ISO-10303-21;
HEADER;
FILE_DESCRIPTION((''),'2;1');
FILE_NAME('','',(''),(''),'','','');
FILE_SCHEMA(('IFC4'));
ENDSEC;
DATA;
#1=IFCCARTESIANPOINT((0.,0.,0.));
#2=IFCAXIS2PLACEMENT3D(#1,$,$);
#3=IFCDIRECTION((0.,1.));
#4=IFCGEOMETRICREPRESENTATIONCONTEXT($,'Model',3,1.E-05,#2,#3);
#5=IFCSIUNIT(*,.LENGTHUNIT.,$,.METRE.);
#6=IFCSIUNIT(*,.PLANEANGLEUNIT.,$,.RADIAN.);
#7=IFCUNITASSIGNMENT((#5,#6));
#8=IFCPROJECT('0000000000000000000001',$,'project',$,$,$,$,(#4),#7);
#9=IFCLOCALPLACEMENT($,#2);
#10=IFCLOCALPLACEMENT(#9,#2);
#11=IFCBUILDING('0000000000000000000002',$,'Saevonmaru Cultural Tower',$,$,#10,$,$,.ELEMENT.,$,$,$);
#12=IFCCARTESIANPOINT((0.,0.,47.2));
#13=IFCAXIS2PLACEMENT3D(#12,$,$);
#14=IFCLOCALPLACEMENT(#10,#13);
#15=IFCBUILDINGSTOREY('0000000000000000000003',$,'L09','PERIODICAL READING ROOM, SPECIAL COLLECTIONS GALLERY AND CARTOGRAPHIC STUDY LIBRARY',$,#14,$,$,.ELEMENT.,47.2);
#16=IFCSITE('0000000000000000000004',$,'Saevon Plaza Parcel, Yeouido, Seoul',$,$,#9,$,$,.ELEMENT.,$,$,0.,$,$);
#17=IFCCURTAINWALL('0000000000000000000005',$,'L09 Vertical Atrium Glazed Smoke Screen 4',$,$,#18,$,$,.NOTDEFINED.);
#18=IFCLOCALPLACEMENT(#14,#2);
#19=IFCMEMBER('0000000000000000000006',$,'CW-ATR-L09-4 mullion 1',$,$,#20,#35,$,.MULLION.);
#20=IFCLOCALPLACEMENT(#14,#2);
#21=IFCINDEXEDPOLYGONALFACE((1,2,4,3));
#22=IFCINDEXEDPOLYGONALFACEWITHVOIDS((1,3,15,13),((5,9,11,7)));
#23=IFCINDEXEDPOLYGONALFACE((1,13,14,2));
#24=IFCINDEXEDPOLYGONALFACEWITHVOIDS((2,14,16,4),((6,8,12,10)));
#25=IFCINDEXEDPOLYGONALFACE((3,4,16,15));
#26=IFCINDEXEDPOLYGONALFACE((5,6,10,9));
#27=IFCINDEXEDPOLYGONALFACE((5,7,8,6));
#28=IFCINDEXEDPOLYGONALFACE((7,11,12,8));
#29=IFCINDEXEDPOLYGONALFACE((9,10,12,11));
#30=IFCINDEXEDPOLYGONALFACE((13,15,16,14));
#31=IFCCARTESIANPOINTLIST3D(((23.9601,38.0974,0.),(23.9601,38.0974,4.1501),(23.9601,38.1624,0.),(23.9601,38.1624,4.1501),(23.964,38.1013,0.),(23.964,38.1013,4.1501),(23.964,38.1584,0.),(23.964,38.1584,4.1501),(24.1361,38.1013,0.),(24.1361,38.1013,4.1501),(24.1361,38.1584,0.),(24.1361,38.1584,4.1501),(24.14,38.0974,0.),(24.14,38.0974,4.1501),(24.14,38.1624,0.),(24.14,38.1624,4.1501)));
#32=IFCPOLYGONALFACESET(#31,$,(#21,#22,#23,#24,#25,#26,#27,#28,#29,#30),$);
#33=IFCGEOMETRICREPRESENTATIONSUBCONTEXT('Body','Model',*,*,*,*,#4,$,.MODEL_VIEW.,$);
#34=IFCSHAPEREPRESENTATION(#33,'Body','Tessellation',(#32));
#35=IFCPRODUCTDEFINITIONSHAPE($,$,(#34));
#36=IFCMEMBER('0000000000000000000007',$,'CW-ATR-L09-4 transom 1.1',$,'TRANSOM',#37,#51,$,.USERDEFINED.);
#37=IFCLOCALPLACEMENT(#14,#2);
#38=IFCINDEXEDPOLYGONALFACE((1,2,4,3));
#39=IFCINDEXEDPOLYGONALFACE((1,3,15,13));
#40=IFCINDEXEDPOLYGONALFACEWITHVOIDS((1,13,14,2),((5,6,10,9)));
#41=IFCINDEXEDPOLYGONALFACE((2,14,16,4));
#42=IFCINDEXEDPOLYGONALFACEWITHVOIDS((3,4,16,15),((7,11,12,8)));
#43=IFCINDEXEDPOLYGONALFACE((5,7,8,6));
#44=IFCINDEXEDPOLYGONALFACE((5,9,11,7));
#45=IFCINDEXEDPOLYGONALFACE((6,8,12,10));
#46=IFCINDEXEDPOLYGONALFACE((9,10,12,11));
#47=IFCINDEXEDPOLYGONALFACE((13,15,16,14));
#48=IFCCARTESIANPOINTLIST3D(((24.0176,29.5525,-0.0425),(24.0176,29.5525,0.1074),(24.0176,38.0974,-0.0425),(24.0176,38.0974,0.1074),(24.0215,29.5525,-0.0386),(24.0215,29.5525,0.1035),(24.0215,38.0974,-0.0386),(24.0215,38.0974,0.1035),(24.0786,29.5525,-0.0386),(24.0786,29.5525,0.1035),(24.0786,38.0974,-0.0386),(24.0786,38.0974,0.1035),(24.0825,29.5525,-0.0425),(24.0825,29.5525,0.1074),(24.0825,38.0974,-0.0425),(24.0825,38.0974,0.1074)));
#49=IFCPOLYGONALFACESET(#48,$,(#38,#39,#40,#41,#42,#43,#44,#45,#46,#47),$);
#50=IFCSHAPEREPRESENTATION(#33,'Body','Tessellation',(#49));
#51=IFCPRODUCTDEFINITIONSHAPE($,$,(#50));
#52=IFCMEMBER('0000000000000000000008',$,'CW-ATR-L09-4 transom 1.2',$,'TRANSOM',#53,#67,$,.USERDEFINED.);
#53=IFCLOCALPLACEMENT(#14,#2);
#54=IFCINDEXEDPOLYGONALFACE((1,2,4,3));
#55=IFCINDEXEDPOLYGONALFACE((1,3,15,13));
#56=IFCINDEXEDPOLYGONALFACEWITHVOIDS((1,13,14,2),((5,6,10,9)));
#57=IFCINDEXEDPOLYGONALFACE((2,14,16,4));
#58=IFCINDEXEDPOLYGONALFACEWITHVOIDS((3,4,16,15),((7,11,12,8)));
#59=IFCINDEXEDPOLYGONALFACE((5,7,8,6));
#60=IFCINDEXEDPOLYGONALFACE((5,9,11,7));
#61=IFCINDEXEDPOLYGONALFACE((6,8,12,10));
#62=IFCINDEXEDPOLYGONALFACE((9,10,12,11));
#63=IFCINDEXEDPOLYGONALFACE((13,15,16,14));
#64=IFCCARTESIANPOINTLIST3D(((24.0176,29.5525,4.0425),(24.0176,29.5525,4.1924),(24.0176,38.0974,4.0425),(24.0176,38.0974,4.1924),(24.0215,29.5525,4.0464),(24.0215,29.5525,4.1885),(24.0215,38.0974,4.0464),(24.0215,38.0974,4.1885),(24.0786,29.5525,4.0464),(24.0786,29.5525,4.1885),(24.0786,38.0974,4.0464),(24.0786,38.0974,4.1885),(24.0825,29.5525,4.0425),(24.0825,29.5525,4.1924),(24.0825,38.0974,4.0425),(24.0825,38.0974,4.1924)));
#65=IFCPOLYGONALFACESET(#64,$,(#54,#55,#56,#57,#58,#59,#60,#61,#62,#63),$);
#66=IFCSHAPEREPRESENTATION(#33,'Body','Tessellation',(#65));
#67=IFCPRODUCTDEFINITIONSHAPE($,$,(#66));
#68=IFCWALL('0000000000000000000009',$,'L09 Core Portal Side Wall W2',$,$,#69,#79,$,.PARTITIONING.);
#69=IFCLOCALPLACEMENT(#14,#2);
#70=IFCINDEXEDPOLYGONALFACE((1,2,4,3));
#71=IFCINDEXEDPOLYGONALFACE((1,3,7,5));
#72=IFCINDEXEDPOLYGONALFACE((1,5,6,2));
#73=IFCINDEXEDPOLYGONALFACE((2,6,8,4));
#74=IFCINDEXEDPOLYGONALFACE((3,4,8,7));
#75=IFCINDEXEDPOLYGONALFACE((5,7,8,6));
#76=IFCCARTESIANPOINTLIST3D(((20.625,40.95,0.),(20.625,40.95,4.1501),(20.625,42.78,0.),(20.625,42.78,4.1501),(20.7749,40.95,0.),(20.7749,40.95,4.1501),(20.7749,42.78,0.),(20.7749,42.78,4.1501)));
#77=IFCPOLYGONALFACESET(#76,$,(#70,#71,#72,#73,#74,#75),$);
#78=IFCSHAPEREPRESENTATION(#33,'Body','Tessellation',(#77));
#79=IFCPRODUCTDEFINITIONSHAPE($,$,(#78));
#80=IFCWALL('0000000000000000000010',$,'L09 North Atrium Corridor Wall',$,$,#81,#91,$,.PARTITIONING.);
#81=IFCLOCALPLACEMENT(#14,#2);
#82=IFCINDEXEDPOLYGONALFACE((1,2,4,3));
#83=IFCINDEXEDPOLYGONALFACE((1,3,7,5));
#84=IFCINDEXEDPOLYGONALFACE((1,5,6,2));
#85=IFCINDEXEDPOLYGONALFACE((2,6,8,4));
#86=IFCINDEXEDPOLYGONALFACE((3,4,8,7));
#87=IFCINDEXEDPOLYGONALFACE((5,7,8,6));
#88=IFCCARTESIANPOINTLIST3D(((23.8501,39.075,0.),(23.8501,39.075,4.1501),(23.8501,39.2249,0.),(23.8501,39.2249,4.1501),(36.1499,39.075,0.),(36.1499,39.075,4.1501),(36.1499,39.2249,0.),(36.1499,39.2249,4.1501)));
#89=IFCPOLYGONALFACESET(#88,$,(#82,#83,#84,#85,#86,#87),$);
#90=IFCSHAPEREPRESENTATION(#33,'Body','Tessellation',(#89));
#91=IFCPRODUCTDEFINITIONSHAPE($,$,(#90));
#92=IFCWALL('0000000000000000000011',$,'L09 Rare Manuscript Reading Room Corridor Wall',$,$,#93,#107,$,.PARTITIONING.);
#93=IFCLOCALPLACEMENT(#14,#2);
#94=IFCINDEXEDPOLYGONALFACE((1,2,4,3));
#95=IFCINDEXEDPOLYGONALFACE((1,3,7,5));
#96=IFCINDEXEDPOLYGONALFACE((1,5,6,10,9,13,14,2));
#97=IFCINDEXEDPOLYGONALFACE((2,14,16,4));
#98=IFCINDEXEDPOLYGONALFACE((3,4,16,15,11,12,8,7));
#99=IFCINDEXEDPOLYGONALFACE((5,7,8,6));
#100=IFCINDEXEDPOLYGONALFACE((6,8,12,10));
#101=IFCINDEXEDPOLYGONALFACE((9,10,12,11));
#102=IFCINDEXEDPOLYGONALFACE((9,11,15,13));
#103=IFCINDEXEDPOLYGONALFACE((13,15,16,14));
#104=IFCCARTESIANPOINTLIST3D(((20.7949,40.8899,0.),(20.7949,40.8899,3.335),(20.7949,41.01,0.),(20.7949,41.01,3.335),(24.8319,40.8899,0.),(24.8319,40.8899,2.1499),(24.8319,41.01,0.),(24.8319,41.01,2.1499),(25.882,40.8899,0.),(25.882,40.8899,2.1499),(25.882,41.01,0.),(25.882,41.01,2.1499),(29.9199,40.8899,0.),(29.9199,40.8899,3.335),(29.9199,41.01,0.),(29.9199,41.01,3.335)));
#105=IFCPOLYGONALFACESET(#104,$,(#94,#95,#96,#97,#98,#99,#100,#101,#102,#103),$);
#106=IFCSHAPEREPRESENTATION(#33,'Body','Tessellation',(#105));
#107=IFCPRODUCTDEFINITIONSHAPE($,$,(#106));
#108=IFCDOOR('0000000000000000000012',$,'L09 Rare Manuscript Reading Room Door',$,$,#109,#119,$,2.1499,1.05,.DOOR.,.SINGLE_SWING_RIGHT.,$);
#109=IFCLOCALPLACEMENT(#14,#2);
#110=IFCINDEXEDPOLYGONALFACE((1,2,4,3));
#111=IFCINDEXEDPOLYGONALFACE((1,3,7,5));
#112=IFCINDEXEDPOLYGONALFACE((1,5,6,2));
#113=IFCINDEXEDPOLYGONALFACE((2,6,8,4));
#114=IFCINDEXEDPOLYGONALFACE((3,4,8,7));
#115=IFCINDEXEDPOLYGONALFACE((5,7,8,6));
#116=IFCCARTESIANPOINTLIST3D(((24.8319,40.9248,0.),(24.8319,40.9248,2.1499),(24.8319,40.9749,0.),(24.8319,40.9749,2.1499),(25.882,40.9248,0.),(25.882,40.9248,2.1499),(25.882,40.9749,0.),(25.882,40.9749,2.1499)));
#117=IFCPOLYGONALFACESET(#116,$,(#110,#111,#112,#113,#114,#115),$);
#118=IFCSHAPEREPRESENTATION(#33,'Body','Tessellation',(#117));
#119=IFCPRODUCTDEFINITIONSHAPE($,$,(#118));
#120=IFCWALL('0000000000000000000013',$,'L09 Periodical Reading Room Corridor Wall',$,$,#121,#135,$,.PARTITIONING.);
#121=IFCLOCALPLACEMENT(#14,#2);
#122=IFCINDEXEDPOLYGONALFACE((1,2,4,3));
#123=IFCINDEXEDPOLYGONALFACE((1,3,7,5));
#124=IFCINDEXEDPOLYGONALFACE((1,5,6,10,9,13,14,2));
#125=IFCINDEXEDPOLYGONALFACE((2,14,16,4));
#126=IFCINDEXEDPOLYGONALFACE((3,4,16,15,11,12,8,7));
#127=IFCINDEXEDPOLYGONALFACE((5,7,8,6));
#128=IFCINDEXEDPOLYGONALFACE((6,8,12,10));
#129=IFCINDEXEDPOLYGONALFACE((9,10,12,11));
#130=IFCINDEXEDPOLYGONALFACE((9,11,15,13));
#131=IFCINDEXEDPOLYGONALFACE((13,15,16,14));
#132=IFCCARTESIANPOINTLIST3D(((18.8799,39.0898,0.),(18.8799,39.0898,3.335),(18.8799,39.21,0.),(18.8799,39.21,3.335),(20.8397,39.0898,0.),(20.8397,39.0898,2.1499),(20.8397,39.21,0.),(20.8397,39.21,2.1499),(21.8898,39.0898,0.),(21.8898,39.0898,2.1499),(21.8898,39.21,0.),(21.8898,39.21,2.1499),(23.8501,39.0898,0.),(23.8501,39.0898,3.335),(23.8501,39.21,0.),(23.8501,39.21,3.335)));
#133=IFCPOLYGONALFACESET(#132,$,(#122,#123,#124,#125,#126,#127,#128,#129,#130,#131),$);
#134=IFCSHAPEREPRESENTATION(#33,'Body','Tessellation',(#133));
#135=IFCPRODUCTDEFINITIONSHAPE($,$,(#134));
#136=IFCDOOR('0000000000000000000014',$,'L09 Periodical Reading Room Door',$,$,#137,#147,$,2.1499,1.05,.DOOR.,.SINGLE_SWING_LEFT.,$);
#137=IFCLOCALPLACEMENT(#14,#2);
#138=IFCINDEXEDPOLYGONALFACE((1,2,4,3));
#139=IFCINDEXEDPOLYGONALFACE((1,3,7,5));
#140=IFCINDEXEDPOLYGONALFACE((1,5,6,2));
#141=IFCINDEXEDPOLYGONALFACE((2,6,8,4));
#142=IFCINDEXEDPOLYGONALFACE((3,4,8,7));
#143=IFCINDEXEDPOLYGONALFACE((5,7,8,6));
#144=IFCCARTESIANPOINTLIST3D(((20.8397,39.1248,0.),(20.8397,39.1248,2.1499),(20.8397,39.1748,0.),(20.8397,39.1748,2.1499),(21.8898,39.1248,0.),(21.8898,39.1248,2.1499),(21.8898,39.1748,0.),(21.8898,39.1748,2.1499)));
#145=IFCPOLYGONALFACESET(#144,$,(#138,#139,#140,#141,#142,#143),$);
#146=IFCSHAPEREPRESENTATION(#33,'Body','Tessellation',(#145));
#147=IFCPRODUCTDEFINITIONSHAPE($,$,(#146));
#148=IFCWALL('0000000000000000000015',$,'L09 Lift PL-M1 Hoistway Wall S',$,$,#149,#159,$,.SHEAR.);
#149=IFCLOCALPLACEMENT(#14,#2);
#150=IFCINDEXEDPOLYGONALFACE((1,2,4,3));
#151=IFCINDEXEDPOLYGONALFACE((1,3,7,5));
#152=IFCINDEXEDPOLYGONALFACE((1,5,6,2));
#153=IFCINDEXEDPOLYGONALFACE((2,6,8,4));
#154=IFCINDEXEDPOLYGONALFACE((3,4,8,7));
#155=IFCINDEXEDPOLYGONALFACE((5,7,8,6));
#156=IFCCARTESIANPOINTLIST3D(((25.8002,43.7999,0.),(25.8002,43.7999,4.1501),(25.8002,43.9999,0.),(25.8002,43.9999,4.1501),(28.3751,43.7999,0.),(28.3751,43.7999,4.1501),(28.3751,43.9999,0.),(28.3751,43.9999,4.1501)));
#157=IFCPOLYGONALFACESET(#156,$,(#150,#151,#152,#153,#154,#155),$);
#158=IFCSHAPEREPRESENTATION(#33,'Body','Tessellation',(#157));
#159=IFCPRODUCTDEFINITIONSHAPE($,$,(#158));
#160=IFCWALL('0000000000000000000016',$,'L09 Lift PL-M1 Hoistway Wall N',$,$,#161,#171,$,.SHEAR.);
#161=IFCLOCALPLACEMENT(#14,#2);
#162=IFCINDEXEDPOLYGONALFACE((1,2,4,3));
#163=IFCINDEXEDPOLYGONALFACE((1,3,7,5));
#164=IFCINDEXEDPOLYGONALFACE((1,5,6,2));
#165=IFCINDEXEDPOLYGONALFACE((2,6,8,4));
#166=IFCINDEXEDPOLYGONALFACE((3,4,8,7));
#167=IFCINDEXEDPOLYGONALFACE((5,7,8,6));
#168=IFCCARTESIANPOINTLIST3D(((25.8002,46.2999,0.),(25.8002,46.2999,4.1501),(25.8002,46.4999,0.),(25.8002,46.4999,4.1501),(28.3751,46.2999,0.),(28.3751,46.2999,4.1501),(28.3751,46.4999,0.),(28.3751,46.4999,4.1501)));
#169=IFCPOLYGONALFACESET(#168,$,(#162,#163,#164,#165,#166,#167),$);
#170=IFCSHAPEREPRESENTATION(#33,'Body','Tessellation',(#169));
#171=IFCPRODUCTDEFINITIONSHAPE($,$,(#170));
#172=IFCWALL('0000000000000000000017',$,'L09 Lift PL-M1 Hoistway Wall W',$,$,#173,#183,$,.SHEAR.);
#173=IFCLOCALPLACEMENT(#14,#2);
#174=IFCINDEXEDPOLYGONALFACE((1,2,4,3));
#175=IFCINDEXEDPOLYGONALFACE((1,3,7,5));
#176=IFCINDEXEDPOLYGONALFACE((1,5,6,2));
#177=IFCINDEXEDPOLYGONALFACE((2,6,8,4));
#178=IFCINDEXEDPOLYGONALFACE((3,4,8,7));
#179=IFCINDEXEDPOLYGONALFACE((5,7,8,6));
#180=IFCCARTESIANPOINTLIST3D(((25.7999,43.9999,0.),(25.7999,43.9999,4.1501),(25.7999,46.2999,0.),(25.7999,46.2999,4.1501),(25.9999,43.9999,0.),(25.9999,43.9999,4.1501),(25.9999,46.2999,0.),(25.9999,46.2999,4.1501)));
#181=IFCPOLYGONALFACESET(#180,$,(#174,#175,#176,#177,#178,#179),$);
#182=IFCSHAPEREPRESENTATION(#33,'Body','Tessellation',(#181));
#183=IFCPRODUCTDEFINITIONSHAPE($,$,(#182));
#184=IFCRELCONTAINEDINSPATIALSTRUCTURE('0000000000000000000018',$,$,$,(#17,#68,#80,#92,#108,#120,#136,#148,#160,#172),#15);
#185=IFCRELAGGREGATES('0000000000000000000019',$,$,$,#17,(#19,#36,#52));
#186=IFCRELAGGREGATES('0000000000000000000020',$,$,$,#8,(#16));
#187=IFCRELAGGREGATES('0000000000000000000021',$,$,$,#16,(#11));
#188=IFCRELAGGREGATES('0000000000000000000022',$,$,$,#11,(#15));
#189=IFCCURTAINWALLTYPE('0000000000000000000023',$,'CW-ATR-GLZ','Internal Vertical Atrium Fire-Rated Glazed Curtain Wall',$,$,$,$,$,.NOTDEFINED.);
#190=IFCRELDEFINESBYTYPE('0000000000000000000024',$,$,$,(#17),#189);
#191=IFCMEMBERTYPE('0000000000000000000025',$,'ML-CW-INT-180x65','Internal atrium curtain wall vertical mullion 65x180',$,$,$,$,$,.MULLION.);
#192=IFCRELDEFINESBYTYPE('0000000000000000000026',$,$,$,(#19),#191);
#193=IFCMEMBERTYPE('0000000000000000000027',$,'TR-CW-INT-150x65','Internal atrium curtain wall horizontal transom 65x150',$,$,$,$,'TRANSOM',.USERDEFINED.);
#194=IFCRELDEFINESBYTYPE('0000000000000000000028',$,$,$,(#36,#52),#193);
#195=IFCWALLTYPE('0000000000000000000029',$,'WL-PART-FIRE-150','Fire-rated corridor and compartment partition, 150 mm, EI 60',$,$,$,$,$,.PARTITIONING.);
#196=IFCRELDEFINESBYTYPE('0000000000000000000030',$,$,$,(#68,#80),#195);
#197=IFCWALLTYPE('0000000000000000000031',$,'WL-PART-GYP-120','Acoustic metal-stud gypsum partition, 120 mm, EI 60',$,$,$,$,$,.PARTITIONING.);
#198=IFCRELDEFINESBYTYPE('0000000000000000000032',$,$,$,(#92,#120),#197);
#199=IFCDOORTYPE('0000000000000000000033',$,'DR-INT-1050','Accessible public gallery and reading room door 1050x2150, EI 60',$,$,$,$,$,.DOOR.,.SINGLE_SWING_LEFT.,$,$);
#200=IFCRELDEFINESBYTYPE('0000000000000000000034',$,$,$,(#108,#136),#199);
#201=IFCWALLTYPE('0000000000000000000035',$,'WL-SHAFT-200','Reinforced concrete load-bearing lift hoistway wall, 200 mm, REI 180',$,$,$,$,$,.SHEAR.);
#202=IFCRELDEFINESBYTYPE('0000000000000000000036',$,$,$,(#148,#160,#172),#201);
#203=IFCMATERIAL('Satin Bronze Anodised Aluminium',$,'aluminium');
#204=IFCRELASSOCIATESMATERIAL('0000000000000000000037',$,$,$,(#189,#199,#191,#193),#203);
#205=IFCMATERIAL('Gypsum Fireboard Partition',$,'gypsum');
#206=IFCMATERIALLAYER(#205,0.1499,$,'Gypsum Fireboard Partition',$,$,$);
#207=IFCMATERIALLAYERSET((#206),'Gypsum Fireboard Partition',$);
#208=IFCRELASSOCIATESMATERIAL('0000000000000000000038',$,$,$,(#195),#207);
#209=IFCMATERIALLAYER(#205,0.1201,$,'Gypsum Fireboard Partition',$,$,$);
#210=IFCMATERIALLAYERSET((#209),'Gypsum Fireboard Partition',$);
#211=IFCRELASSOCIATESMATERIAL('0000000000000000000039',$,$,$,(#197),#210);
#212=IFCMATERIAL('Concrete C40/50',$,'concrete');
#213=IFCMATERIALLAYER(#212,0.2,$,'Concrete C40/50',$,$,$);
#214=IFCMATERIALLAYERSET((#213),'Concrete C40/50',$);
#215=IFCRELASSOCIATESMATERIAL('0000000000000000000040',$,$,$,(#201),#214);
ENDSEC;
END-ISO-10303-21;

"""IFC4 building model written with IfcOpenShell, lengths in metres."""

from ifc_helpers import new_model, si_unit, direction, frame, frame_2d, origin, origin_2d, place, context, subcontext, project, spatial, rectangle, hollow_rectangle, extrude, material, layer, layer_set, material_profile, profile_set, type_object, element, fill, aggregate, save


model = new_model("IFC4")

# Units and contexts
model_context = context("Model", 3, precision=1e-05, world=origin(), true_north=direction((0.0, 1.0)))
body_context = subcontext(model_context, "Body", "Model", "MODEL_VIEW")
ifc_project = project(units=[si_unit("LENGTHUNIT", "METRE"), si_unit("PLANEANGLEUNIT", "RADIAN")], contexts=[model_context])

# Site, building, storey
site_placement = place(None, origin())
site = spatial("IfcSite", under=ifc_project, at=site_placement, Name="Saevon Plaza Parcel, Yeouido, Seoul", CompositionType="ELEMENT", RefElevation=0.0)
building_placement = place(site_placement, origin())
building = spatial("IfcBuilding", under=site, at=building_placement, Name="Saevonmaru Cultural Tower", CompositionType="ELEMENT")
storey_placement = place(building_placement, frame((0.0, 0.0, 47.2)))
storey = spatial("IfcBuildingStorey", under=building, at=storey_placement, Name="L09", Description="PERIODICAL READING ROOM, SPECIAL COLLECTIONS GALLERY AND CARTOGRAPHIC STUDY LIBRARY", CompositionType="ELEMENT", Elevation=47.2)

# Shared definitions
ifc_material_1 = material(Name="Satin Bronze Anodised Aluminium", Category="aluminium")
curtain_wall_type = type_object("IfcCurtainWallType", Name="CW-ATR-GLZ", Description="Internal Vertical Atrium Fire-Rated Glazed Curtain Wall", PredefinedType="NOTDEFINED", material=ifc_material_1)
ifc_material_profile_1 = material_profile(ifc_material_1, hollow_rectangle(XDim=0.0649, YDim=0.1799, WallThickness=0.0039, at=origin_2d()), Name="ALU-MULL-180x65x4")
ifc_profile_set_1 = profile_set([ifc_material_profile_1], Name="Satin Bronze Anodised Aluminium")
member_type_1 = type_object("IfcMemberType", Name="ML-CW-INT-180x65", Description="Internal atrium curtain wall vertical mullion 65x180", PredefinedType="MULLION", material=ifc_profile_set_1)

# Curtain wall, members
curtain_wall_1_placement = place(storey_placement, origin())
curtain_wall_1 = element("IfcCurtainWall", 1, at=curtain_wall_1_placement, inside=storey, type_object=curtain_wall_type, Name="L09 Vertical Atrium Glazed Smoke Screen 4", PredefinedType="NOTDEFINED")
member_1_placement = place(storey_placement, frame((24.05, 38.1299, 0.0), z_axis=(0.0, 0.0, 1.0), x_axis=(0.0, -1.0, 0.0)))
member_1 = element("IfcMember", 2, at=member_1_placement, type_object=member_type_1, Name="CW-ATR-L09-4 mullion 1", PredefinedType="MULLION", context=body_context, shape_type="SweptSolid", body=[
    extrude(hollow_rectangle(XDim=0.0649, YDim=0.1799, WallThickness=0.0039, at=origin_2d()), origin(), (0.0, 0.0, 1.0), 4.1501),
])
ifc_material_profile_2 = material_profile(ifc_material_1, hollow_rectangle(XDim=0.0649, YDim=0.1499, WallThickness=0.0039, at=origin_2d()), Name="ALU-TRAN-150x65x4")
ifc_profile_set_2 = profile_set([ifc_material_profile_2], Name="Satin Bronze Anodised Aluminium")
member_type_2 = type_object("IfcMemberType", Name="TR-CW-INT-150x65", Description="Internal atrium curtain wall horizontal transom 65x150", ElementType="TRANSOM", PredefinedType="USERDEFINED", material=ifc_profile_set_2)
member_2_placement = place(storey_placement, frame((24.05, 38.0974, 0.0325), z_axis=(0.0, -1.0, 0.0), x_axis=(1.0, 0.0, 0.0)))
member_2 = element("IfcMember", 3, at=member_2_placement, type_object=member_type_2, Name="CW-ATR-L09-4 transom 1.1", ObjectType="TRANSOM", PredefinedType="USERDEFINED", context=body_context, shape_type="SweptSolid", body=[
    extrude(hollow_rectangle(XDim=0.0649, YDim=0.1499, WallThickness=0.0039, at=origin_2d()), origin(), (0.0, 0.0, 1.0), 8.5449),
])
member_3_placement = place(storey_placement, frame((24.05, 38.0974, 4.1174), z_axis=(0.0, -1.0, 0.0), x_axis=(1.0, 0.0, 0.0)))
member_3 = element("IfcMember", 4, at=member_3_placement, type_object=member_type_2, Name="CW-ATR-L09-4 transom 1.2", ObjectType="TRANSOM", PredefinedType="USERDEFINED", context=body_context, shape_type="SweptSolid", body=[
    extrude(hollow_rectangle(XDim=0.0649, YDim=0.1499, WallThickness=0.0039, at=origin_2d()), origin(), (0.0, 0.0, 1.0), 8.5449),
])
aggregate(curtain_wall_1, [member_1, member_2, member_3])

# Shared definitions
ifc_material_2 = material(Name="Gypsum Fireboard Partition", Category="gypsum")

# Walls
ifc_layer_1 = layer(ifc_material_2, 0.1499, Name="Gypsum Fireboard Partition")
ifc_layer_set_1 = layer_set([ifc_layer_1], Name="Gypsum Fireboard Partition")
wall_type_1 = type_object("IfcWallType", Name="WL-PART-FIRE-150", Description="Fire-rated corridor and compartment partition, 150 mm, EI 60", PredefinedType="PARTITIONING", material=ifc_layer_set_1)
wall_1_placement = place(storey_placement, frame((20.7, 40.95, 0.0), z_axis=(0.0, 0.0, 1.0), x_axis=(0.0, 1.0, 0.0)))
element("IfcWall", 5, at=wall_1_placement, inside=storey, type_object=wall_type_1, Name="L09 Core Portal Side Wall W2", PredefinedType="PARTITIONING", context=body_context, shape_type="SweptSolid", body=[
    extrude(rectangle(XDim=1.8301, YDim=0.1499, at=frame_2d((0.915, 0.0))), origin(), (0.0, 0.0, 1.0), 4.1501),
])
wall_2_placement = place(storey_placement, frame((23.8501, 39.1499, 0.0), z_axis=(0.0, 0.0, 1.0), x_axis=(1.0, 0.0, 0.0)))
element("IfcWall", 6, at=wall_2_placement, inside=storey, type_object=wall_type_1, Name="L09 North Atrium Corridor Wall", PredefinedType="PARTITIONING", context=body_context, shape_type="SweptSolid", body=[
    extrude(rectangle(XDim=12.2998, YDim=0.1499, at=frame_2d((6.1499, 0.0))), origin(), (0.0, 0.0, 1.0), 4.1501),
])

# Walls, openings, doors
ifc_layer_2 = layer(ifc_material_2, 0.1201, Name="Gypsum Fireboard Partition")
ifc_layer_set_2 = layer_set([ifc_layer_2], Name="Gypsum Fireboard Partition")
wall_type_2 = type_object("IfcWallType", Name="WL-PART-GYP-120", Description="Acoustic metal-stud gypsum partition, 120 mm, EI 60", PredefinedType="PARTITIONING", material=ifc_layer_set_2)
wall_3_placement = place(storey_placement, frame((20.7949, 40.95, 0.0), z_axis=(0.0, 0.0, 1.0), x_axis=(1.0, 0.0, 0.0)))
wall_3 = element("IfcWall", 7, at=wall_3_placement, inside=storey, type_object=wall_type_2, Name="L09 Rare Manuscript Reading Room Corridor Wall", PredefinedType="PARTITIONING", context=body_context, shape_type="SweptSolid", body=[
    extrude(rectangle(XDim=9.125, YDim=0.1201, at=frame_2d((4.5625, 0.0))), origin(), (0.0, 0.0, 1.0), 3.335),
])
opening_1_placement = place(wall_3_placement, frame((4.0371, 0.0, 0.0)))
opening_1 = element("IfcOpeningElement", 8, at=opening_1_placement, cuts=wall_3, PredefinedType="OPENING", context=body_context, shape_type="SweptSolid", body=[
    extrude(rectangle(XDim=1.05, YDim=2.1499, at=frame_2d((0.5249, 1.075))), frame((0.0, 0.0701, 0.0), z_axis=(0.0, -1.0, 0.0), x_axis=(1.0, 0.0, 0.0)), (0.0, 0.0, 1.0), 0.1401),
])
door_type_1 = type_object("IfcDoorType", Name="DR-INT-1050", Description="Accessible public gallery and reading room door 1050x2150, EI 60", OperationType="SINGLE_SWING_LEFT", PredefinedType="DOOR", material=ifc_material_1)
door_1_placement = place(opening_1_placement, origin())
door_1 = element("IfcDoor", 9, at=door_1_placement, inside=storey, type_object=door_type_1, Name="L09 Rare Manuscript Reading Room Door", OperationType="SINGLE_SWING_RIGHT", OverallHeight=2.1499, OverallWidth=1.05, PredefinedType="DOOR", context=body_context, shape_type="SweptSolid", body=[
    extrude(rectangle(XDim=1.05, YDim=2.1499, at=frame_2d((0.5249, 1.075))), frame((0.0, 0.0249, 0.0), z_axis=(0.0, -1.0, 0.0), x_axis=(1.0, 0.0, 0.0)), (0.0, 0.0, 1.0), 0.05),
])
fill(opening_1, door_1)
wall_4_placement = place(storey_placement, frame((18.8799, 39.1499, 0.0), z_axis=(0.0, 0.0, 1.0), x_axis=(1.0, 0.0, 0.0)))
wall_4 = element("IfcWall", 10, at=wall_4_placement, inside=storey, type_object=wall_type_2, Name="L09 Periodical Reading Room Corridor Wall", PredefinedType="PARTITIONING", context=body_context, shape_type="SweptSolid", body=[
    extrude(rectangle(XDim=4.9702, YDim=0.1201, at=frame_2d((2.4851, 0.0))), origin(), (0.0, 0.0, 1.0), 3.335),
])
opening_2_placement = place(wall_4_placement, frame((1.96, 0.0, 0.0)))
opening_2 = element("IfcOpeningElement", 11, at=opening_2_placement, cuts=wall_4, PredefinedType="OPENING", context=body_context, shape_type="SweptSolid", body=[
    extrude(rectangle(XDim=1.05, YDim=2.1499, at=frame_2d((0.5249, 1.075))), frame((0.0, 0.0701, 0.0), z_axis=(0.0, -1.0, 0.0), x_axis=(1.0, 0.0, 0.0)), (0.0, 0.0, 1.0), 0.1401),
])
door_2_placement = place(opening_2_placement, origin())
door_2 = element("IfcDoor", 12, at=door_2_placement, inside=storey, type_object=door_type_1, Name="L09 Periodical Reading Room Door", OperationType="SINGLE_SWING_LEFT", OverallHeight=2.1499, OverallWidth=1.05, PredefinedType="DOOR", context=body_context, shape_type="SweptSolid", body=[
    extrude(rectangle(XDim=1.05, YDim=2.1499, at=frame_2d((0.5249, 1.075))), frame((0.0, 0.0249, 0.0), z_axis=(0.0, -1.0, 0.0), x_axis=(1.0, 0.0, 0.0)), (0.0, 0.0, 1.0), 0.05),
])
fill(opening_2, door_2)

# Walls
ifc_material_3 = material(Name="Concrete C40/50", Category="concrete")
ifc_layer_3 = layer(ifc_material_3, 0.2, Name="Concrete C40/50")
ifc_layer_set_3 = layer_set([ifc_layer_3], Name="Concrete C40/50")
wall_type_3 = type_object("IfcWallType", Name="WL-SHAFT-200", Description="Reinforced concrete load-bearing lift hoistway wall, 200 mm, REI 180", PredefinedType="SHEAR", material=ifc_layer_set_3)
for number, where, z_axis, x_axis, name in (
    (13, (25.8, 43.8999, 0.0), (0.0, 0.0, 1.0), (1.0, 0.0, 0.0), "L09 Lift PL-M1 Hoistway Wall S"),
    (14, (25.8, 46.3999, 0.0), (0.0, 0.0, 1.0), (1.0, 0.0, 0.0), "L09 Lift PL-M1 Hoistway Wall N"),
):
    element("IfcWall", number, at=place(storey_placement, frame(where, z_axis=z_axis, x_axis=x_axis)), inside=storey, type_object=wall_type_3, Name=name, PredefinedType="SHEAR", context=body_context, shape_type="SweptSolid", body=[
        extrude(rectangle(XDim=2.575, YDim=0.2, at=frame_2d((1.2876, 0.0))), origin(), (0.0, 0.0, 1.0), 4.1501),
    ])
wall_5_placement = place(storey_placement, frame((25.8999, 44.0, 0.0), z_axis=(0.0, 0.0, 1.0), x_axis=(0.0, 1.0, 0.0)))
element("IfcWall", 15, at=wall_5_placement, inside=storey, type_object=wall_type_3, Name="L09 Lift PL-M1 Hoistway Wall W", PredefinedType="SHEAR", context=body_context, shape_type="SweptSolid", body=[
    extrude(rectangle(XDim=2.3, YDim=0.2, at=frame_2d((1.1499, 0.0))), origin(), (0.0, 0.0, 1.0), 4.1501),
])

save(model, "model.ifc")
